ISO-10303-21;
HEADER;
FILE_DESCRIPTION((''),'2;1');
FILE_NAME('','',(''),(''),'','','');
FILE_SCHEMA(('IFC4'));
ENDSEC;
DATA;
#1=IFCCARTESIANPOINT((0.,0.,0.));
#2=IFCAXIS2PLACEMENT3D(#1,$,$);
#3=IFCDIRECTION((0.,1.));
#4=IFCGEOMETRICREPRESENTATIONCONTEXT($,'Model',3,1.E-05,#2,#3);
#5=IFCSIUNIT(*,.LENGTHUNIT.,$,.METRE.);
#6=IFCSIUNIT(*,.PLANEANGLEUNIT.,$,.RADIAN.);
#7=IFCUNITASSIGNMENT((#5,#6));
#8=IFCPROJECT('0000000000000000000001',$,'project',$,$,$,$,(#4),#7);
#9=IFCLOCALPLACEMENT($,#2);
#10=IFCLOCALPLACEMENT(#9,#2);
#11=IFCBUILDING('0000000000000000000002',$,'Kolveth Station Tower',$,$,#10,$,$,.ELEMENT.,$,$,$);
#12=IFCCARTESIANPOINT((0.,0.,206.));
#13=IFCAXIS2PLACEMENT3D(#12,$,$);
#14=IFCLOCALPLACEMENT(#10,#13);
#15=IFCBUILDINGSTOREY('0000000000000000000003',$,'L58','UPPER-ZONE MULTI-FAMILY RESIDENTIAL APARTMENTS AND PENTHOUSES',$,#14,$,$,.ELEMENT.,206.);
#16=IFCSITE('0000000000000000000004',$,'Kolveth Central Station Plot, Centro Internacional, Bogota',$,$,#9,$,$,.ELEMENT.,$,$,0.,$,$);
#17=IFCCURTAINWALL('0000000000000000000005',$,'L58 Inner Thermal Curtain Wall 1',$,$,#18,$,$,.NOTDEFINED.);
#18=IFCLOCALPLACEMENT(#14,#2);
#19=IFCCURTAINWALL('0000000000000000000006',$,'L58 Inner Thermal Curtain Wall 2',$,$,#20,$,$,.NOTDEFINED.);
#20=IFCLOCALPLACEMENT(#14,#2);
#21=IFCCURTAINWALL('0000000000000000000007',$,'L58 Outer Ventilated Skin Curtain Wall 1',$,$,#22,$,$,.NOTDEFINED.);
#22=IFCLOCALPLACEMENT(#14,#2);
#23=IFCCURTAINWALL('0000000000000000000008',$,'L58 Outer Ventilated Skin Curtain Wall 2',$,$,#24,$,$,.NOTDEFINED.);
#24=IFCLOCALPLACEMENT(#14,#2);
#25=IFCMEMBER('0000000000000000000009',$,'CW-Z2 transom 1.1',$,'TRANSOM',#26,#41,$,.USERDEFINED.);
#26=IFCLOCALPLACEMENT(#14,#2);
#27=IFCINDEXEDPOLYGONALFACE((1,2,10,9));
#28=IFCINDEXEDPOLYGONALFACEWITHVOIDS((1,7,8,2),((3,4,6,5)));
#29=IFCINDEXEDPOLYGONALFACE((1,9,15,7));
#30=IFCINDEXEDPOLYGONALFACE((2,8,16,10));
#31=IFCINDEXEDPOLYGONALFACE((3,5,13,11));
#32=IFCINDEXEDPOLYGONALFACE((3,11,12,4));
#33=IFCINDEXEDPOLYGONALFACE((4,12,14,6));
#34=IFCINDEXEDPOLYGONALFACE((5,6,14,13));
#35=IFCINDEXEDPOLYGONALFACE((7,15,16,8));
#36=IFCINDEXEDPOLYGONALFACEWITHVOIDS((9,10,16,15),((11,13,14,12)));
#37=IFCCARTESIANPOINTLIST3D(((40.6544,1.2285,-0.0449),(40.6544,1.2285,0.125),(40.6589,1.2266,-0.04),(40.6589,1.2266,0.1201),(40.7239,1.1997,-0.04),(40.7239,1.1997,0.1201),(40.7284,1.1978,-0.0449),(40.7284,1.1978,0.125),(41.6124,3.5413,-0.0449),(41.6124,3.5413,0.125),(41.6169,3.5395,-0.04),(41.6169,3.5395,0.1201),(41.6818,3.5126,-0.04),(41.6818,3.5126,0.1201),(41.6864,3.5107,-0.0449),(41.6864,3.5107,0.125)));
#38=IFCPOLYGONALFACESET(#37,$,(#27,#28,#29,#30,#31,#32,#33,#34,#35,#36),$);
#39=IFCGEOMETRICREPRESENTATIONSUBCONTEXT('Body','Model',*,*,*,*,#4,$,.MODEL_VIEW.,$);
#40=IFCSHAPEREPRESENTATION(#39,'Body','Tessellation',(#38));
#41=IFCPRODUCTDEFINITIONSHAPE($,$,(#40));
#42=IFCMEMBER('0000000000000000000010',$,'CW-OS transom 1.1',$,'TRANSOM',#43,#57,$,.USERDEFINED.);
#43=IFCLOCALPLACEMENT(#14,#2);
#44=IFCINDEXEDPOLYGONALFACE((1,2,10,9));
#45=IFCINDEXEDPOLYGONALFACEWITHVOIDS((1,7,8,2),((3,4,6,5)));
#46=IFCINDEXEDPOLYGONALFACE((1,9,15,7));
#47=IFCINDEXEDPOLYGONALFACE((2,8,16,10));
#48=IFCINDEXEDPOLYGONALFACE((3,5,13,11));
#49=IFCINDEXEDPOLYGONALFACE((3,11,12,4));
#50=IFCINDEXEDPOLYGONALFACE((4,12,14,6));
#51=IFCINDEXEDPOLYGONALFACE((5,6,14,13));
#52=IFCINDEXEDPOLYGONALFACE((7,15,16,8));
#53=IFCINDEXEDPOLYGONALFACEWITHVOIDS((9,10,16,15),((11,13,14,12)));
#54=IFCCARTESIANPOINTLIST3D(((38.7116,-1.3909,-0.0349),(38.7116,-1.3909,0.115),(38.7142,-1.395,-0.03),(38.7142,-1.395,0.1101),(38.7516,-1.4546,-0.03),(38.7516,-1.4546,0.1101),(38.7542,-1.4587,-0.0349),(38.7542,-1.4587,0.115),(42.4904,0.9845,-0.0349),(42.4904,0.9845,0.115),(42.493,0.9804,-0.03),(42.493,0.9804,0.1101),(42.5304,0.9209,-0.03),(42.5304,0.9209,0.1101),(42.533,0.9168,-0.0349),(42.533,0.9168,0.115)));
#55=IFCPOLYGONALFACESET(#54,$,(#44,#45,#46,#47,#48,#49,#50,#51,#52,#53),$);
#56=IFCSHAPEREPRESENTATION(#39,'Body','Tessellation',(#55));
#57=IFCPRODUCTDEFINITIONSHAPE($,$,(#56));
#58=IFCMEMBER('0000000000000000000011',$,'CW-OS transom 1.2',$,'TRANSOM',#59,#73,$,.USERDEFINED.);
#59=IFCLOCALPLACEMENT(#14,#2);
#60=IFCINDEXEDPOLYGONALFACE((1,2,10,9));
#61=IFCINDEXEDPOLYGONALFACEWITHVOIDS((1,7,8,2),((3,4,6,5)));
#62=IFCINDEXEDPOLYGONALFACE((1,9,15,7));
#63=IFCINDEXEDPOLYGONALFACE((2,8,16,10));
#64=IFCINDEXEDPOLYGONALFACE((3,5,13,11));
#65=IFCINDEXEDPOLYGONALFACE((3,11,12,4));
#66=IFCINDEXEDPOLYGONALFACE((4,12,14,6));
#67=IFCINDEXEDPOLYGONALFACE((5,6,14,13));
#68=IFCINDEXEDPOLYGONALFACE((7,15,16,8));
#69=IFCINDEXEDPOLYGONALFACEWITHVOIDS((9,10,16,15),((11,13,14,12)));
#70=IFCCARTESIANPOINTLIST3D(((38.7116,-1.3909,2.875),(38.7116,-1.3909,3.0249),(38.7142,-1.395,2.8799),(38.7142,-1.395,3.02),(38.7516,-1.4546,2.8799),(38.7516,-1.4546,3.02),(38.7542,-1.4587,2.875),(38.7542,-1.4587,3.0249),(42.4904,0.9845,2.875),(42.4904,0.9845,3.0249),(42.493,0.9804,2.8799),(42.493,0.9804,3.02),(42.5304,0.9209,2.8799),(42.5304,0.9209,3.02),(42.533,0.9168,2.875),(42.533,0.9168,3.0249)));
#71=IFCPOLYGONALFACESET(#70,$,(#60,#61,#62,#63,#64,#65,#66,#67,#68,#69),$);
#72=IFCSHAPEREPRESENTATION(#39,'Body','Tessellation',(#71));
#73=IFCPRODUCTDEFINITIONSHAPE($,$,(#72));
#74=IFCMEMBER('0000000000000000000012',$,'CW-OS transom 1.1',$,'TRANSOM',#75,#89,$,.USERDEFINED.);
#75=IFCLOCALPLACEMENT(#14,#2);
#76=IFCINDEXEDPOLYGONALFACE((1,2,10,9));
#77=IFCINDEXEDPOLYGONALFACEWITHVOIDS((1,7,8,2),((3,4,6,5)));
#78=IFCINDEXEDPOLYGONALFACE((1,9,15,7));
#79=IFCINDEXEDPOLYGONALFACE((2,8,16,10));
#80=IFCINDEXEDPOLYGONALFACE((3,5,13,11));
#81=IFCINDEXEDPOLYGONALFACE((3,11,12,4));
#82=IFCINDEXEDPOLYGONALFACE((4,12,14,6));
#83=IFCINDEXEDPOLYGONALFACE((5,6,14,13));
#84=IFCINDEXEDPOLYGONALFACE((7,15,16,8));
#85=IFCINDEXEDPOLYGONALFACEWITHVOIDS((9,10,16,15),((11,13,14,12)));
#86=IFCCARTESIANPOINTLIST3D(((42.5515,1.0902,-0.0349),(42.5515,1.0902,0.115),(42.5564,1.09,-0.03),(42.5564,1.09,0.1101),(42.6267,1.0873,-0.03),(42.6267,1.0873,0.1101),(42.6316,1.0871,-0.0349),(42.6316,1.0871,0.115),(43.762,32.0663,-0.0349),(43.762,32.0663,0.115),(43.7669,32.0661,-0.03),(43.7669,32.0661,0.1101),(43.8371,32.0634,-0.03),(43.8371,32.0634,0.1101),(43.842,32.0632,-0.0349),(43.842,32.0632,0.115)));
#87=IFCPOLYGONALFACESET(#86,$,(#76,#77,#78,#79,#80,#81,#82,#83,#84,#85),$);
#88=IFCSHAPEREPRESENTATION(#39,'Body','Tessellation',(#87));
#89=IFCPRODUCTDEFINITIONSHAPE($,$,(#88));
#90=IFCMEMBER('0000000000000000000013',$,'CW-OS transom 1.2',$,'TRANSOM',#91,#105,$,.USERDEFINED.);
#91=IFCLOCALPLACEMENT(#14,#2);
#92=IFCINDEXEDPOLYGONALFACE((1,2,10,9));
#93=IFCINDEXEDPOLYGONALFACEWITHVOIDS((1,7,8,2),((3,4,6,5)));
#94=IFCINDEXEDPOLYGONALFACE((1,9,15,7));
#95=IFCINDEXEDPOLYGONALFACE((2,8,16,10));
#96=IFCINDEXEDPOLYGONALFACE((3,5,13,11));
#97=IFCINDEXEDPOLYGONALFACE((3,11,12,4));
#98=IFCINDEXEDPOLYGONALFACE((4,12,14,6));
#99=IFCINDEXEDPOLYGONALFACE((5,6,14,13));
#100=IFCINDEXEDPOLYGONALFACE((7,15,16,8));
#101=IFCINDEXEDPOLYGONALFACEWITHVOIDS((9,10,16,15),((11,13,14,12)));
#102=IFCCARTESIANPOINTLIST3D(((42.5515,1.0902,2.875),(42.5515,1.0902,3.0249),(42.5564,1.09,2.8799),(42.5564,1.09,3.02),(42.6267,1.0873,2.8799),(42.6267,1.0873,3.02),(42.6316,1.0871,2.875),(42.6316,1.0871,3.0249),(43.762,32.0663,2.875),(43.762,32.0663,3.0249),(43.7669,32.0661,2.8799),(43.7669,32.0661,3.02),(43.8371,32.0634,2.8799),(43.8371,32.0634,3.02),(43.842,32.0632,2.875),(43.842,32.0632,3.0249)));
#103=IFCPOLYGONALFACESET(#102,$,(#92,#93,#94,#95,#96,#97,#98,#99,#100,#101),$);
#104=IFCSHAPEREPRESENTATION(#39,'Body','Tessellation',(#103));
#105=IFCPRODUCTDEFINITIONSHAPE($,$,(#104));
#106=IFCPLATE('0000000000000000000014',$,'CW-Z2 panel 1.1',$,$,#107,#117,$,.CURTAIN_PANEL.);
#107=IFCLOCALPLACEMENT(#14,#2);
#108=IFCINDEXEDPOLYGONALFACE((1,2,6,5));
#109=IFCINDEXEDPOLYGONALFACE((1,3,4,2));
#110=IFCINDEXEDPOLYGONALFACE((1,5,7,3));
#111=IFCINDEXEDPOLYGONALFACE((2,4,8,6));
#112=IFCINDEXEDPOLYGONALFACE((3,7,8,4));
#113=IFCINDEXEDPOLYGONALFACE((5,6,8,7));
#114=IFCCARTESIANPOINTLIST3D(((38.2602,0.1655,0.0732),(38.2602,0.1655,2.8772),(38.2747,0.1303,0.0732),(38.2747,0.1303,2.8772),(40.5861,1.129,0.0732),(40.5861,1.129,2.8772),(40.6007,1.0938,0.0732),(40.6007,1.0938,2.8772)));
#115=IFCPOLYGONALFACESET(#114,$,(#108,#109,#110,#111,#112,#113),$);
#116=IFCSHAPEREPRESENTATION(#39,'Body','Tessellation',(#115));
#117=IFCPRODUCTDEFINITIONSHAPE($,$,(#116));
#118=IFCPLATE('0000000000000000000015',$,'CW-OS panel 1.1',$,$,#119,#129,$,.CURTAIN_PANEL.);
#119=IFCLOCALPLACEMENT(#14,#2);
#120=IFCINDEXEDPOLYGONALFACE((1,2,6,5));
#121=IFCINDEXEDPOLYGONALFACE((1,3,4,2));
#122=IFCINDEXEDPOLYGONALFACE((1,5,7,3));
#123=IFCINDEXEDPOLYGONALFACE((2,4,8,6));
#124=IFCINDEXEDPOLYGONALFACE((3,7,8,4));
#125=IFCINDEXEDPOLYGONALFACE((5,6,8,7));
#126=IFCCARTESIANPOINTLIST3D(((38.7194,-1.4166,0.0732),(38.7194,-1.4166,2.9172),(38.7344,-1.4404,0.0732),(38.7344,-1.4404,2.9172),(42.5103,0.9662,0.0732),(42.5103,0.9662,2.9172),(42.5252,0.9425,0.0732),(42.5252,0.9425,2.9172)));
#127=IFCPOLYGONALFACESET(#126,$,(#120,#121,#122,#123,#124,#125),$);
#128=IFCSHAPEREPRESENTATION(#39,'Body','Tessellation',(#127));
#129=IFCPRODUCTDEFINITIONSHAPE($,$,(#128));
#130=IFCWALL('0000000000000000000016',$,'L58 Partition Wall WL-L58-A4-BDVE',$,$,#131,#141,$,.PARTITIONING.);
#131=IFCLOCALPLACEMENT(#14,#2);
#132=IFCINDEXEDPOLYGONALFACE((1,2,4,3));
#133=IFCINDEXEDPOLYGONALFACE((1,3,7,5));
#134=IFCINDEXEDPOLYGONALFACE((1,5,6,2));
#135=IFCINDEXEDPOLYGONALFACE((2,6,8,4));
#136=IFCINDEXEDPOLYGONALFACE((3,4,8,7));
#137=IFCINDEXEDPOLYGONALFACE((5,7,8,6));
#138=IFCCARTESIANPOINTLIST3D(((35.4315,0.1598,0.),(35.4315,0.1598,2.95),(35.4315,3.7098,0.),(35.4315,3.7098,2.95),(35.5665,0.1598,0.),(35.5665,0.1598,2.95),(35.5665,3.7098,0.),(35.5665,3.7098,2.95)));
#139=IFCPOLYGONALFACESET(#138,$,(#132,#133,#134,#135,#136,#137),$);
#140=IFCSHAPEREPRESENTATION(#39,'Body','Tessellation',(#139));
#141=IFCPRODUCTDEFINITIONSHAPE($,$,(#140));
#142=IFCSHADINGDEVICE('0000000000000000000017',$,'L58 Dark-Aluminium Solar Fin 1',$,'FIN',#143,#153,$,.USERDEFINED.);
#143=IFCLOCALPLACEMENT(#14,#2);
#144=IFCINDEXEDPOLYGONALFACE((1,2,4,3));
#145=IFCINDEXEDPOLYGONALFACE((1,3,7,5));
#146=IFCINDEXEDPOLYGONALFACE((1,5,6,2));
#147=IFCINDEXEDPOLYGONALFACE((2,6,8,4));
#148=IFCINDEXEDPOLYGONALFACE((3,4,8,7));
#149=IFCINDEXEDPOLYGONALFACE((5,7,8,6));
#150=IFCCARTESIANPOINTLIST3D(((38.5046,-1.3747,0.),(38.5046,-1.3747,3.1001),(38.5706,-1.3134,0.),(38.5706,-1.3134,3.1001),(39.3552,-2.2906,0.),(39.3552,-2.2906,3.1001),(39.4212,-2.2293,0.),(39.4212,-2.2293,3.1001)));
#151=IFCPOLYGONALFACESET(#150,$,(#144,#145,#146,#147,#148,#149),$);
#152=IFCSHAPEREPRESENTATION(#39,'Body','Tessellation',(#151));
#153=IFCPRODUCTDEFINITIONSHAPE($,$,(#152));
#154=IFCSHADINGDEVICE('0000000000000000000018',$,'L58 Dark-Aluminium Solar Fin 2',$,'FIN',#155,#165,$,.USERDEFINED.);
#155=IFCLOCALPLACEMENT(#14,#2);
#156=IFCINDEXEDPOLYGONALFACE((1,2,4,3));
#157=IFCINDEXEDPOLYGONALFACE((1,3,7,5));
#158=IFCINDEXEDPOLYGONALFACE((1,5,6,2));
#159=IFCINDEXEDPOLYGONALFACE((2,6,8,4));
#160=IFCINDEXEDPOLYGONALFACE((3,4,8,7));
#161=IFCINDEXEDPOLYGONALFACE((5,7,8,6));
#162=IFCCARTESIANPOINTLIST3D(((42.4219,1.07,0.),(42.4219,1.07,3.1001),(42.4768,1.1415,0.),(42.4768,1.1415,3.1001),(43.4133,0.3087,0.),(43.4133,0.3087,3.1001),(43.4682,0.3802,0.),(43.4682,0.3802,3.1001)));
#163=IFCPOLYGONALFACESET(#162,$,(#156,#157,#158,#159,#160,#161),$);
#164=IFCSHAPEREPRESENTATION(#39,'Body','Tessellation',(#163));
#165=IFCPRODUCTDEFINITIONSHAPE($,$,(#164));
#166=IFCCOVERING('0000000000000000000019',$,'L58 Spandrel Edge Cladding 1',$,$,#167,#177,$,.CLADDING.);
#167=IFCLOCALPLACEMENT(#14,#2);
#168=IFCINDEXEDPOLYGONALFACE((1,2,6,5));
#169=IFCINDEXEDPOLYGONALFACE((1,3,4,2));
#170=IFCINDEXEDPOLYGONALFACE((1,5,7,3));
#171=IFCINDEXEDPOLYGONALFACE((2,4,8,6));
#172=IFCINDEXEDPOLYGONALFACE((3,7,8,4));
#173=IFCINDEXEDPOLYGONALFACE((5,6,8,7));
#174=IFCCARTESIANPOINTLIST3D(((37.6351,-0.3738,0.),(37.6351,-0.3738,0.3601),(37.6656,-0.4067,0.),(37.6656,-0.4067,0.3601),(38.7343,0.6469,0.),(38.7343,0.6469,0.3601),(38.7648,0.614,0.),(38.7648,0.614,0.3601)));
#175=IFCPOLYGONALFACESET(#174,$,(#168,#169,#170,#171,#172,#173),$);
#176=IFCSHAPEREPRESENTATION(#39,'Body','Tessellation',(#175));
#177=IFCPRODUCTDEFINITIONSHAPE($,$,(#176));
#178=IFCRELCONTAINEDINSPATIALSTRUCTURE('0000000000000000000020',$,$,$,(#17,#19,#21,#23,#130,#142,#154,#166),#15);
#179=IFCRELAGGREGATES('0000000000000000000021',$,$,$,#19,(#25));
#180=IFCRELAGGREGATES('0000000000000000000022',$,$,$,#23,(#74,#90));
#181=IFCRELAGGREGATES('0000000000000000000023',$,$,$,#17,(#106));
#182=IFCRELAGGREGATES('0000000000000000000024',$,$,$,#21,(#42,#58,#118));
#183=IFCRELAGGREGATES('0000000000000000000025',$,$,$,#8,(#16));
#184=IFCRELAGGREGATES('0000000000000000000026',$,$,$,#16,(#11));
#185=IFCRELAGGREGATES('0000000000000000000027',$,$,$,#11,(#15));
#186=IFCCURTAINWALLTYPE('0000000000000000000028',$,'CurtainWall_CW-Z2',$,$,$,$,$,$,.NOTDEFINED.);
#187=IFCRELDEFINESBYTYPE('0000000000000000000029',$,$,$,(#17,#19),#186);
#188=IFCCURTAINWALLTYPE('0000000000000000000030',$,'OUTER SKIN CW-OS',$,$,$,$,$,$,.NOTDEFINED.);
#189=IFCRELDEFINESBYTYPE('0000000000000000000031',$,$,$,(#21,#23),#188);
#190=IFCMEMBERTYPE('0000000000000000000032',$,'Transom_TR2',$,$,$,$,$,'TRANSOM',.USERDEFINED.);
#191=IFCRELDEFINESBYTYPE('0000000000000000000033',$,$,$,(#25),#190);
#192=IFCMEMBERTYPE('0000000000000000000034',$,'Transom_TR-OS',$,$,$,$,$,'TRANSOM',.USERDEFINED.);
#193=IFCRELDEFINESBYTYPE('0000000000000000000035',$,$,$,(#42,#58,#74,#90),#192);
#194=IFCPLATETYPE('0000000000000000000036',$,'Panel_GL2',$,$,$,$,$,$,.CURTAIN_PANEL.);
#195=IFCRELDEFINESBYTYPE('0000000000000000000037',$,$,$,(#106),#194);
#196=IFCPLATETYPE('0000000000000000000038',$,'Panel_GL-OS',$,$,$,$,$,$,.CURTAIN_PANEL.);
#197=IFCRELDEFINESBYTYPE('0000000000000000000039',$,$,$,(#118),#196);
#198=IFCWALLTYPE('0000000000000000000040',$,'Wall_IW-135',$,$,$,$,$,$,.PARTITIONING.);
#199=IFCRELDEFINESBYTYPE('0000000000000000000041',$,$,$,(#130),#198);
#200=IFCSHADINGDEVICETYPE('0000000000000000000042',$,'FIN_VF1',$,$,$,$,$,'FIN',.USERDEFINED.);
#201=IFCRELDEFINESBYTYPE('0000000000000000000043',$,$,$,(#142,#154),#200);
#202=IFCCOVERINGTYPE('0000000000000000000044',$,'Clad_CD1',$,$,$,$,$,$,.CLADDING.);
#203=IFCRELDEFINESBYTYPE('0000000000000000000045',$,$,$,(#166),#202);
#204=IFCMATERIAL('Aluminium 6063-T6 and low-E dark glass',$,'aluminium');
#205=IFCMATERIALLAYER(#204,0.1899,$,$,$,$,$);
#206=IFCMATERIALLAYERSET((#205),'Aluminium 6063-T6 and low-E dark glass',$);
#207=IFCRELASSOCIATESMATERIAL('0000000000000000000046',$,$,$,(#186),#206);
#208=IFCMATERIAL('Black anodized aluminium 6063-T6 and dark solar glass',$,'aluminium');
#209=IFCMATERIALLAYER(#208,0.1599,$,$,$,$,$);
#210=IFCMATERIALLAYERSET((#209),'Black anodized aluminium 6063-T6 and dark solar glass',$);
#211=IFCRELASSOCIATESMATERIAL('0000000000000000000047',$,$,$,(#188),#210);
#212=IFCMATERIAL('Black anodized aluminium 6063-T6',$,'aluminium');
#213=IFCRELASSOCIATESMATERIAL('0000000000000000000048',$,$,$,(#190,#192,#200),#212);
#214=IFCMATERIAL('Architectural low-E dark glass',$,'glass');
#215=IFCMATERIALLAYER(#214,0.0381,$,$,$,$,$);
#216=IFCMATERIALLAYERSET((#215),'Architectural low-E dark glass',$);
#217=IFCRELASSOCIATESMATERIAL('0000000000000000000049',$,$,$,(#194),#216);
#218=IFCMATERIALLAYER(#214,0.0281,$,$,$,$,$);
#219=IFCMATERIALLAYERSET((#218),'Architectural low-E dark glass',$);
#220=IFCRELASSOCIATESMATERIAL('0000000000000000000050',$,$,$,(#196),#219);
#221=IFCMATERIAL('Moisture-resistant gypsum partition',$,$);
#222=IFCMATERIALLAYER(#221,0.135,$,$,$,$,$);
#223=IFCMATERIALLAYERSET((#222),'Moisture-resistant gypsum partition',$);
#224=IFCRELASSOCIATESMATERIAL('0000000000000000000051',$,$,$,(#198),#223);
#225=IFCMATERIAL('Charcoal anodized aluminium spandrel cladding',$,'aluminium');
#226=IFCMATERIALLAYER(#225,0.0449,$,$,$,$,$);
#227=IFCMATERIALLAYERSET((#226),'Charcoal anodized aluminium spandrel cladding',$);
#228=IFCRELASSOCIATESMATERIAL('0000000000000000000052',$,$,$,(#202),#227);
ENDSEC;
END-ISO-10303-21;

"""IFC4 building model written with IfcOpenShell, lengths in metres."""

from ifc_helpers import new_model, si_unit, direction, frame, frame_2d, origin, origin_2d, place, context, subcontext, project, spatial, rectangle, hollow_rectangle, extrude, source, transform, mapped, material, layer, layer_set, material_profile, profile_set, type_object, element, aggregate, save


model = new_model("IFC4")

# Units and contexts
model_context = context("Model", 3, precision=1e-05, world=origin(), true_north=direction((0.0, 1.0)))
body_context = subcontext(model_context, "Body", "Model", "MODEL_VIEW")
ifc_project = project(units=[si_unit("LENGTHUNIT", "METRE"), si_unit("PLANEANGLEUNIT", "RADIAN")], contexts=[model_context])

# Site, building, storey
site_placement = place(None, origin())
site = spatial("IfcSite", under=ifc_project, at=site_placement, Name="Kolveth Central Station Plot, Centro Internacional, Bogota", CompositionType="ELEMENT", RefElevation=0.0)
building_placement = place(site_placement, origin())
building = spatial("IfcBuilding", under=site, at=building_placement, Name="Kolveth Station Tower", CompositionType="ELEMENT")
storey_placement = place(building_placement, frame((0.0, 0.0, 206.0)))
storey = spatial("IfcBuildingStorey", under=building, at=storey_placement, Name="L58", Description="UPPER-ZONE MULTI-FAMILY RESIDENTIAL APARTMENTS AND PENTHOUSES", CompositionType="ELEMENT", Elevation=206.0)

# Curtain wall
ifc_material_1 = material(Name="Aluminium 6063-T6 and low-E dark glass", Category="aluminium")
ifc_layer_1 = layer(ifc_material_1, 0.1899)
ifc_layer_set_1 = layer_set([ifc_layer_1], Name="Aluminium 6063-T6 and low-E dark glass")
curtain_wall_type_1 = type_object("IfcCurtainWallType", Name="CurtainWall_CW-Z2", PredefinedType="NOTDEFINED", material=ifc_layer_set_1)
curtain_wall_1_placement = place(storey_placement, origin())
curtain_wall_1 = element("IfcCurtainWall", 1, at=curtain_wall_1_placement, inside=storey, type_object=curtain_wall_type_1, Name="L58 Inner Thermal Curtain Wall 1", PredefinedType="NOTDEFINED")
ifc_material_2 = material(Name="Black anodized aluminium 6063-T6", Category="aluminium")

# Curtain wall
curtain_wall_2_placement = place(storey_placement, origin())
curtain_wall_2 = element("IfcCurtainWall", 2, at=curtain_wall_2_placement, inside=storey, type_object=curtain_wall_type_1, Name="L58 Inner Thermal Curtain Wall 2", PredefinedType="NOTDEFINED")

# Curtain wall
ifc_material_3 = material(Name="Black anodized aluminium 6063-T6 and dark solar glass", Category="aluminium")
ifc_layer_2 = layer(ifc_material_3, 0.1599)
ifc_layer_set_2 = layer_set([ifc_layer_2], Name="Black anodized aluminium 6063-T6 and dark solar glass")
curtain_wall_type_2 = type_object("IfcCurtainWallType", Name="OUTER SKIN CW-OS", PredefinedType="NOTDEFINED", material=ifc_layer_set_2)
curtain_wall_3_placement = place(storey_placement, origin())
curtain_wall_3 = element("IfcCurtainWall", 3, at=curtain_wall_3_placement, inside=storey, type_object=curtain_wall_type_2, Name="L58 Outer Ventilated Skin Curtain Wall 1", PredefinedType="NOTDEFINED")

# Curtain wall
curtain_wall_4_placement = place(storey_placement, origin())
curtain_wall_4 = element("IfcCurtainWall", 4, at=curtain_wall_4_placement, inside=storey, type_object=curtain_wall_type_2, Name="L58 Outer Ventilated Skin Curtain Wall 2", PredefinedType="NOTDEFINED")

# Members
ifc_material_profile_1 = material_profile(ifc_material_2, hollow_rectangle(XDim=0.0801, YDim=0.1699, WallThickness=0.0049, at=origin_2d()), Name="ALU-80x170x5")
ifc_profile_set_1 = profile_set([ifc_material_profile_1], Name="Black anodized aluminium 6063-T6")
member_type_1 = type_object("IfcMemberType", Name="Transom_TR2", ElementType="TRANSOM", PredefinedType="USERDEFINED", material=ifc_profile_set_1)
shared_shape_1 = source(origin(), body_context, "Body", "SweptSolid", [
    extrude(hollow_rectangle(XDim=0.0801, YDim=0.1699, WallThickness=0.0049, at=origin_2d()), origin(), (0.0, 0.0, 1.0), 2.5034),
])
member_1_placement = place(storey_placement, frame((40.6914, 1.2131, 0.04), z_axis=(0.382662, 0.923888, 0.0), x_axis=(-0.923888, 0.382662, 0.0)))
member_1 = element("IfcMember", 5, at=member_1_placement, type_object=member_type_1, Name="CW-Z2 transom 1.1", ObjectType="TRANSOM", PredefinedType="USERDEFINED", context=body_context, shape_type="MappedRepresentation", body=[
    mapped(shared_shape_1, transform((0.0, 0.0, 0.0), x_axis=(1.0, 0.0, 0.0), y_axis=(0.0, 1.0, 0.0), z_axis=(0.0, 0.0, 1.0), scale=1.0)),
])
aggregate(curtain_wall_2, [member_1])
ifc_material_profile_2 = material_profile(ifc_material_2, hollow_rectangle(XDim=0.0801, YDim=0.1499, WallThickness=0.0049, at=origin_2d()), Name="ALU-80x150x5")
ifc_profile_set_2 = profile_set([ifc_material_profile_2], Name="Black anodized aluminium 6063-T6")
member_type_2 = type_object("IfcMemberType", Name="Transom_TR-OS", ElementType="TRANSOM", PredefinedType="USERDEFINED", material=ifc_profile_set_2)
shared_shape_2 = source(origin(), body_context, "Body", "SweptSolid", [
    extrude(hollow_rectangle(XDim=0.0801, YDim=0.1499, WallThickness=0.0049, at=origin_2d()), origin(), (0.0, 0.0, 1.0), 4.4634),
])
member_2_placement = place(storey_placement, frame((38.7329, -1.4248, 0.04), z_axis=(0.846613, 0.53221, 0.0), x_axis=(-0.53221, 0.846613, 0.0)))
member_2 = element("IfcMember", 6, at=member_2_placement, type_object=member_type_2, Name="CW-OS transom 1.1", ObjectType="TRANSOM", PredefinedType="USERDEFINED", context=body_context, shape_type="MappedRepresentation", body=[
    mapped(shared_shape_2, transform((0.0, 0.0, 0.0), x_axis=(1.0, 0.0, 0.0), y_axis=(0.0, 1.0, 0.0), z_axis=(0.0, 0.0, 1.0), scale=1.0)),
])
member_3_placement = place(storey_placement, frame((38.7329, -1.4248, 2.95), z_axis=(0.846613, 0.53221, 0.0), x_axis=(-0.53221, 0.846613, 0.0)))
member_3 = element("IfcMember", 7, at=member_3_placement, type_object=member_type_2, Name="CW-OS transom 1.2", ObjectType="TRANSOM", PredefinedType="USERDEFINED", context=body_context, shape_type="MappedRepresentation", body=[
    mapped(shared_shape_2, transform((0.0, 0.0, 0.0), x_axis=(1.0, 0.0, 0.0), y_axis=(0.0, 1.0, 0.0), z_axis=(0.0, 0.0, 1.0), scale=1.0)),
])
shared_shape_3 = source(origin(), body_context, "Body", "SweptSolid", [
    extrude(hollow_rectangle(XDim=0.0801, YDim=0.1499, WallThickness=0.0049, at=origin_2d()), origin(), (0.0, 0.0, 1.0), 30.9998),
])
member_4_placement = place(storey_placement, frame((42.5916, 1.0886, 0.04), z_axis=(0.039047, 0.999237, 0.0), x_axis=(-0.999237, 0.039047, 0.0)))
member_4 = element("IfcMember", 8, at=member_4_placement, type_object=member_type_2, Name="CW-OS transom 1.1", ObjectType="TRANSOM", PredefinedType="USERDEFINED", context=body_context, shape_type="MappedRepresentation", body=[
    mapped(shared_shape_3, transform((0.0, 0.0, 0.0), x_axis=(1.0, 0.0, 0.0), y_axis=(0.0, 1.0, 0.0), z_axis=(0.0, 0.0, 1.0), scale=1.0)),
])
member_5_placement = place(storey_placement, frame((42.5916, 1.0886, 2.95), z_axis=(0.039047, 0.999237, 0.0), x_axis=(-0.999237, 0.039047, 0.0)))
member_5 = element("IfcMember", 9, at=member_5_placement, type_object=member_type_2, Name="CW-OS transom 1.2", ObjectType="TRANSOM", PredefinedType="USERDEFINED", context=body_context, shape_type="MappedRepresentation", body=[
    mapped(shared_shape_3, transform((0.0, 0.0, 0.0), x_axis=(1.0, 0.0, 0.0), y_axis=(0.0, 1.0, 0.0), z_axis=(0.0, 0.0, 1.0), scale=1.0)),
])
aggregate(curtain_wall_4, [member_4, member_5])

# Plates
ifc_material_4 = material(Name="Architectural low-E dark glass", Category="glass")
ifc_layer_3 = layer(ifc_material_4, 0.0381)
ifc_layer_set_3 = layer_set([ifc_layer_3], Name="Architectural low-E dark glass")
plate_type_1 = type_object("IfcPlateType", Name="Panel_GL2", PredefinedType="CURTAIN_PANEL", material=ifc_layer_set_3)
shared_shape_4 = source(origin(), body_context, "Body", "SweptSolid", [
    extrude(rectangle(XDim=2.5176, YDim=0.0381, at=origin_2d()), origin(), (0.0, 0.0, 1.0), 2.804),
])
plate_1_placement = place(storey_placement, frame((39.4304, 0.6296, 0.0732), z_axis=(0.0, 0.0, 1.0), x_axis=(0.923874, 0.382698, 0.0)))
plate_1 = element("IfcPlate", 10, at=plate_1_placement, type_object=plate_type_1, Name="CW-Z2 panel 1.1", PredefinedType="CURTAIN_PANEL", context=body_context, shape_type="MappedRepresentation", body=[
    mapped(shared_shape_4, transform((0.0, 0.0, 0.0), x_axis=(1.0, 0.0, 0.0), y_axis=(0.0, 1.0, 0.0), z_axis=(0.0, 0.0, 1.0), scale=1.0)),
])
aggregate(curtain_wall_1, [plate_1])
ifc_layer_4 = layer(ifc_material_4, 0.0281)
ifc_layer_set_4 = layer_set([ifc_layer_4], Name="Architectural low-E dark glass")
plate_type_2 = type_object("IfcPlateType", Name="Panel_GL-OS", PredefinedType="CURTAIN_PANEL", material=ifc_layer_set_4)
shared_shape_5 = source(origin(), body_context, "Body", "SweptSolid", [
    extrude(rectangle(XDim=4.4775, YDim=0.0281, at=origin_2d()), origin(), (0.0, 0.0, 1.0), 2.844),
])
plate_2_placement = place(storey_placement, frame((40.6223, -0.2371, 0.0732), z_axis=(0.0, 0.0, 1.0), x_axis=(0.846633, 0.532177, 0.0)))
plate_2 = element("IfcPlate", 11, at=plate_2_placement, type_object=plate_type_2, Name="CW-OS panel 1.1", PredefinedType="CURTAIN_PANEL", context=body_context, shape_type="MappedRepresentation", body=[
    mapped(shared_shape_5, transform((0.0, 0.0, 0.0), x_axis=(1.0, 0.0, 0.0), y_axis=(0.0, 1.0, 0.0), z_axis=(0.0, 0.0, 1.0), scale=1.0)),
])
aggregate(curtain_wall_3, [member_2, member_3, plate_2])

# Wall
ifc_material_5 = material(Name="Moisture-resistant gypsum partition")
ifc_layer_5 = layer(ifc_material_5, 0.135)
ifc_layer_set_5 = layer_set([ifc_layer_5], Name="Moisture-resistant gypsum partition")
wall_type = type_object("IfcWallType", Name="Wall_IW-135", PredefinedType="PARTITIONING", material=ifc_layer_set_5)
wall_placement = place(storey_placement, frame((35.499, 0.1599, 0.0), z_axis=(0.0, 0.0, 1.0), x_axis=(0.0, 1.0, 0.0)))
element("IfcWall", 12, at=wall_placement, inside=storey, type_object=wall_type, Name="L58 Partition Wall WL-L58-A4-BDVE", PredefinedType="PARTITIONING", context=body_context, shape_type="SweptSolid", body=[
    extrude(rectangle(XDim=3.55, YDim=0.135, at=frame_2d((1.7749, 0.0))), origin(), (0.0, 0.0, 1.0), 2.95),
])

# Shading devices
shading_device_type = type_object("IfcShadingDeviceType", Name="FIN_VF1", ElementType="FIN", PredefinedType="USERDEFINED", material=ifc_material_2)
shared_shape_6 = source(origin(), body_context, "Body", "SweptSolid", [
    extrude(rectangle(XDim=1.25, YDim=0.0901, at=origin_2d()), origin(), (0.0, 0.0, 1.0), 3.1001),
])
for number, where, z_axis, x_axis, name in (
    (13, (38.9629, -1.802, 0.0), (0.0, 0.0, 1.0), (0.680465, -0.73278, 0.0), "L58 Dark-Aluminium Solar Fin 1"),
    (14, (42.9451, 0.7251, 0.0), (0.0, 0.0, 1.0), (0.793141, -0.609038, 0.0), "L58 Dark-Aluminium Solar Fin 2"),
):
    element("IfcShadingDevice", number, at=place(storey_placement, frame(where, z_axis=z_axis, x_axis=x_axis)), inside=storey, type_object=shading_device_type, Name=name, ObjectType="FIN", PredefinedType="USERDEFINED", context=body_context, shape_type="MappedRepresentation", body=[
        mapped(shared_shape_6, transform((0.0, 0.0, 0.0), x_axis=(1.0, 0.0, 0.0), y_axis=(0.0, 1.0, 0.0), z_axis=(0.0, 0.0, 1.0), scale=1.0)),
    ])

# Covering
ifc_material_6 = material(Name="Charcoal anodized aluminium spandrel cladding", Category="aluminium")
ifc_layer_6 = layer(ifc_material_6, 0.0449)
ifc_layer_set_6 = layer_set([ifc_layer_6], Name="Charcoal anodized aluminium spandrel cladding")
covering_type = type_object("IfcCoveringType", Name="Clad_CD1", PredefinedType="CLADDING", material=ifc_layer_set_6)
shared_shape_7 = source(origin(), body_context, "Body", "SweptSolid", [
    extrude(rectangle(XDim=1.5, YDim=0.0449, at=origin_2d()), origin(), (0.0, 0.0, 1.0), 0.3601),
])
covering_placement = place(storey_placement, frame((38.2, 0.1201, 0.0), z_axis=(0.0, 0.0, 1.0), x_axis=(0.73278, 0.680465, 0.0)))
element("IfcCovering", 15, at=covering_placement, inside=storey, type_object=covering_type, Name="L58 Spandrel Edge Cladding 1", PredefinedType="CLADDING", context=body_context, shape_type="MappedRepresentation", body=[
    mapped(shared_shape_7, transform((0.0, 0.0, 0.0), x_axis=(1.0, 0.0, 0.0), y_axis=(0.0, 1.0, 0.0), z_axis=(0.0, 0.0, 1.0), scale=1.0)),
])

save(model, "model.ifc")
